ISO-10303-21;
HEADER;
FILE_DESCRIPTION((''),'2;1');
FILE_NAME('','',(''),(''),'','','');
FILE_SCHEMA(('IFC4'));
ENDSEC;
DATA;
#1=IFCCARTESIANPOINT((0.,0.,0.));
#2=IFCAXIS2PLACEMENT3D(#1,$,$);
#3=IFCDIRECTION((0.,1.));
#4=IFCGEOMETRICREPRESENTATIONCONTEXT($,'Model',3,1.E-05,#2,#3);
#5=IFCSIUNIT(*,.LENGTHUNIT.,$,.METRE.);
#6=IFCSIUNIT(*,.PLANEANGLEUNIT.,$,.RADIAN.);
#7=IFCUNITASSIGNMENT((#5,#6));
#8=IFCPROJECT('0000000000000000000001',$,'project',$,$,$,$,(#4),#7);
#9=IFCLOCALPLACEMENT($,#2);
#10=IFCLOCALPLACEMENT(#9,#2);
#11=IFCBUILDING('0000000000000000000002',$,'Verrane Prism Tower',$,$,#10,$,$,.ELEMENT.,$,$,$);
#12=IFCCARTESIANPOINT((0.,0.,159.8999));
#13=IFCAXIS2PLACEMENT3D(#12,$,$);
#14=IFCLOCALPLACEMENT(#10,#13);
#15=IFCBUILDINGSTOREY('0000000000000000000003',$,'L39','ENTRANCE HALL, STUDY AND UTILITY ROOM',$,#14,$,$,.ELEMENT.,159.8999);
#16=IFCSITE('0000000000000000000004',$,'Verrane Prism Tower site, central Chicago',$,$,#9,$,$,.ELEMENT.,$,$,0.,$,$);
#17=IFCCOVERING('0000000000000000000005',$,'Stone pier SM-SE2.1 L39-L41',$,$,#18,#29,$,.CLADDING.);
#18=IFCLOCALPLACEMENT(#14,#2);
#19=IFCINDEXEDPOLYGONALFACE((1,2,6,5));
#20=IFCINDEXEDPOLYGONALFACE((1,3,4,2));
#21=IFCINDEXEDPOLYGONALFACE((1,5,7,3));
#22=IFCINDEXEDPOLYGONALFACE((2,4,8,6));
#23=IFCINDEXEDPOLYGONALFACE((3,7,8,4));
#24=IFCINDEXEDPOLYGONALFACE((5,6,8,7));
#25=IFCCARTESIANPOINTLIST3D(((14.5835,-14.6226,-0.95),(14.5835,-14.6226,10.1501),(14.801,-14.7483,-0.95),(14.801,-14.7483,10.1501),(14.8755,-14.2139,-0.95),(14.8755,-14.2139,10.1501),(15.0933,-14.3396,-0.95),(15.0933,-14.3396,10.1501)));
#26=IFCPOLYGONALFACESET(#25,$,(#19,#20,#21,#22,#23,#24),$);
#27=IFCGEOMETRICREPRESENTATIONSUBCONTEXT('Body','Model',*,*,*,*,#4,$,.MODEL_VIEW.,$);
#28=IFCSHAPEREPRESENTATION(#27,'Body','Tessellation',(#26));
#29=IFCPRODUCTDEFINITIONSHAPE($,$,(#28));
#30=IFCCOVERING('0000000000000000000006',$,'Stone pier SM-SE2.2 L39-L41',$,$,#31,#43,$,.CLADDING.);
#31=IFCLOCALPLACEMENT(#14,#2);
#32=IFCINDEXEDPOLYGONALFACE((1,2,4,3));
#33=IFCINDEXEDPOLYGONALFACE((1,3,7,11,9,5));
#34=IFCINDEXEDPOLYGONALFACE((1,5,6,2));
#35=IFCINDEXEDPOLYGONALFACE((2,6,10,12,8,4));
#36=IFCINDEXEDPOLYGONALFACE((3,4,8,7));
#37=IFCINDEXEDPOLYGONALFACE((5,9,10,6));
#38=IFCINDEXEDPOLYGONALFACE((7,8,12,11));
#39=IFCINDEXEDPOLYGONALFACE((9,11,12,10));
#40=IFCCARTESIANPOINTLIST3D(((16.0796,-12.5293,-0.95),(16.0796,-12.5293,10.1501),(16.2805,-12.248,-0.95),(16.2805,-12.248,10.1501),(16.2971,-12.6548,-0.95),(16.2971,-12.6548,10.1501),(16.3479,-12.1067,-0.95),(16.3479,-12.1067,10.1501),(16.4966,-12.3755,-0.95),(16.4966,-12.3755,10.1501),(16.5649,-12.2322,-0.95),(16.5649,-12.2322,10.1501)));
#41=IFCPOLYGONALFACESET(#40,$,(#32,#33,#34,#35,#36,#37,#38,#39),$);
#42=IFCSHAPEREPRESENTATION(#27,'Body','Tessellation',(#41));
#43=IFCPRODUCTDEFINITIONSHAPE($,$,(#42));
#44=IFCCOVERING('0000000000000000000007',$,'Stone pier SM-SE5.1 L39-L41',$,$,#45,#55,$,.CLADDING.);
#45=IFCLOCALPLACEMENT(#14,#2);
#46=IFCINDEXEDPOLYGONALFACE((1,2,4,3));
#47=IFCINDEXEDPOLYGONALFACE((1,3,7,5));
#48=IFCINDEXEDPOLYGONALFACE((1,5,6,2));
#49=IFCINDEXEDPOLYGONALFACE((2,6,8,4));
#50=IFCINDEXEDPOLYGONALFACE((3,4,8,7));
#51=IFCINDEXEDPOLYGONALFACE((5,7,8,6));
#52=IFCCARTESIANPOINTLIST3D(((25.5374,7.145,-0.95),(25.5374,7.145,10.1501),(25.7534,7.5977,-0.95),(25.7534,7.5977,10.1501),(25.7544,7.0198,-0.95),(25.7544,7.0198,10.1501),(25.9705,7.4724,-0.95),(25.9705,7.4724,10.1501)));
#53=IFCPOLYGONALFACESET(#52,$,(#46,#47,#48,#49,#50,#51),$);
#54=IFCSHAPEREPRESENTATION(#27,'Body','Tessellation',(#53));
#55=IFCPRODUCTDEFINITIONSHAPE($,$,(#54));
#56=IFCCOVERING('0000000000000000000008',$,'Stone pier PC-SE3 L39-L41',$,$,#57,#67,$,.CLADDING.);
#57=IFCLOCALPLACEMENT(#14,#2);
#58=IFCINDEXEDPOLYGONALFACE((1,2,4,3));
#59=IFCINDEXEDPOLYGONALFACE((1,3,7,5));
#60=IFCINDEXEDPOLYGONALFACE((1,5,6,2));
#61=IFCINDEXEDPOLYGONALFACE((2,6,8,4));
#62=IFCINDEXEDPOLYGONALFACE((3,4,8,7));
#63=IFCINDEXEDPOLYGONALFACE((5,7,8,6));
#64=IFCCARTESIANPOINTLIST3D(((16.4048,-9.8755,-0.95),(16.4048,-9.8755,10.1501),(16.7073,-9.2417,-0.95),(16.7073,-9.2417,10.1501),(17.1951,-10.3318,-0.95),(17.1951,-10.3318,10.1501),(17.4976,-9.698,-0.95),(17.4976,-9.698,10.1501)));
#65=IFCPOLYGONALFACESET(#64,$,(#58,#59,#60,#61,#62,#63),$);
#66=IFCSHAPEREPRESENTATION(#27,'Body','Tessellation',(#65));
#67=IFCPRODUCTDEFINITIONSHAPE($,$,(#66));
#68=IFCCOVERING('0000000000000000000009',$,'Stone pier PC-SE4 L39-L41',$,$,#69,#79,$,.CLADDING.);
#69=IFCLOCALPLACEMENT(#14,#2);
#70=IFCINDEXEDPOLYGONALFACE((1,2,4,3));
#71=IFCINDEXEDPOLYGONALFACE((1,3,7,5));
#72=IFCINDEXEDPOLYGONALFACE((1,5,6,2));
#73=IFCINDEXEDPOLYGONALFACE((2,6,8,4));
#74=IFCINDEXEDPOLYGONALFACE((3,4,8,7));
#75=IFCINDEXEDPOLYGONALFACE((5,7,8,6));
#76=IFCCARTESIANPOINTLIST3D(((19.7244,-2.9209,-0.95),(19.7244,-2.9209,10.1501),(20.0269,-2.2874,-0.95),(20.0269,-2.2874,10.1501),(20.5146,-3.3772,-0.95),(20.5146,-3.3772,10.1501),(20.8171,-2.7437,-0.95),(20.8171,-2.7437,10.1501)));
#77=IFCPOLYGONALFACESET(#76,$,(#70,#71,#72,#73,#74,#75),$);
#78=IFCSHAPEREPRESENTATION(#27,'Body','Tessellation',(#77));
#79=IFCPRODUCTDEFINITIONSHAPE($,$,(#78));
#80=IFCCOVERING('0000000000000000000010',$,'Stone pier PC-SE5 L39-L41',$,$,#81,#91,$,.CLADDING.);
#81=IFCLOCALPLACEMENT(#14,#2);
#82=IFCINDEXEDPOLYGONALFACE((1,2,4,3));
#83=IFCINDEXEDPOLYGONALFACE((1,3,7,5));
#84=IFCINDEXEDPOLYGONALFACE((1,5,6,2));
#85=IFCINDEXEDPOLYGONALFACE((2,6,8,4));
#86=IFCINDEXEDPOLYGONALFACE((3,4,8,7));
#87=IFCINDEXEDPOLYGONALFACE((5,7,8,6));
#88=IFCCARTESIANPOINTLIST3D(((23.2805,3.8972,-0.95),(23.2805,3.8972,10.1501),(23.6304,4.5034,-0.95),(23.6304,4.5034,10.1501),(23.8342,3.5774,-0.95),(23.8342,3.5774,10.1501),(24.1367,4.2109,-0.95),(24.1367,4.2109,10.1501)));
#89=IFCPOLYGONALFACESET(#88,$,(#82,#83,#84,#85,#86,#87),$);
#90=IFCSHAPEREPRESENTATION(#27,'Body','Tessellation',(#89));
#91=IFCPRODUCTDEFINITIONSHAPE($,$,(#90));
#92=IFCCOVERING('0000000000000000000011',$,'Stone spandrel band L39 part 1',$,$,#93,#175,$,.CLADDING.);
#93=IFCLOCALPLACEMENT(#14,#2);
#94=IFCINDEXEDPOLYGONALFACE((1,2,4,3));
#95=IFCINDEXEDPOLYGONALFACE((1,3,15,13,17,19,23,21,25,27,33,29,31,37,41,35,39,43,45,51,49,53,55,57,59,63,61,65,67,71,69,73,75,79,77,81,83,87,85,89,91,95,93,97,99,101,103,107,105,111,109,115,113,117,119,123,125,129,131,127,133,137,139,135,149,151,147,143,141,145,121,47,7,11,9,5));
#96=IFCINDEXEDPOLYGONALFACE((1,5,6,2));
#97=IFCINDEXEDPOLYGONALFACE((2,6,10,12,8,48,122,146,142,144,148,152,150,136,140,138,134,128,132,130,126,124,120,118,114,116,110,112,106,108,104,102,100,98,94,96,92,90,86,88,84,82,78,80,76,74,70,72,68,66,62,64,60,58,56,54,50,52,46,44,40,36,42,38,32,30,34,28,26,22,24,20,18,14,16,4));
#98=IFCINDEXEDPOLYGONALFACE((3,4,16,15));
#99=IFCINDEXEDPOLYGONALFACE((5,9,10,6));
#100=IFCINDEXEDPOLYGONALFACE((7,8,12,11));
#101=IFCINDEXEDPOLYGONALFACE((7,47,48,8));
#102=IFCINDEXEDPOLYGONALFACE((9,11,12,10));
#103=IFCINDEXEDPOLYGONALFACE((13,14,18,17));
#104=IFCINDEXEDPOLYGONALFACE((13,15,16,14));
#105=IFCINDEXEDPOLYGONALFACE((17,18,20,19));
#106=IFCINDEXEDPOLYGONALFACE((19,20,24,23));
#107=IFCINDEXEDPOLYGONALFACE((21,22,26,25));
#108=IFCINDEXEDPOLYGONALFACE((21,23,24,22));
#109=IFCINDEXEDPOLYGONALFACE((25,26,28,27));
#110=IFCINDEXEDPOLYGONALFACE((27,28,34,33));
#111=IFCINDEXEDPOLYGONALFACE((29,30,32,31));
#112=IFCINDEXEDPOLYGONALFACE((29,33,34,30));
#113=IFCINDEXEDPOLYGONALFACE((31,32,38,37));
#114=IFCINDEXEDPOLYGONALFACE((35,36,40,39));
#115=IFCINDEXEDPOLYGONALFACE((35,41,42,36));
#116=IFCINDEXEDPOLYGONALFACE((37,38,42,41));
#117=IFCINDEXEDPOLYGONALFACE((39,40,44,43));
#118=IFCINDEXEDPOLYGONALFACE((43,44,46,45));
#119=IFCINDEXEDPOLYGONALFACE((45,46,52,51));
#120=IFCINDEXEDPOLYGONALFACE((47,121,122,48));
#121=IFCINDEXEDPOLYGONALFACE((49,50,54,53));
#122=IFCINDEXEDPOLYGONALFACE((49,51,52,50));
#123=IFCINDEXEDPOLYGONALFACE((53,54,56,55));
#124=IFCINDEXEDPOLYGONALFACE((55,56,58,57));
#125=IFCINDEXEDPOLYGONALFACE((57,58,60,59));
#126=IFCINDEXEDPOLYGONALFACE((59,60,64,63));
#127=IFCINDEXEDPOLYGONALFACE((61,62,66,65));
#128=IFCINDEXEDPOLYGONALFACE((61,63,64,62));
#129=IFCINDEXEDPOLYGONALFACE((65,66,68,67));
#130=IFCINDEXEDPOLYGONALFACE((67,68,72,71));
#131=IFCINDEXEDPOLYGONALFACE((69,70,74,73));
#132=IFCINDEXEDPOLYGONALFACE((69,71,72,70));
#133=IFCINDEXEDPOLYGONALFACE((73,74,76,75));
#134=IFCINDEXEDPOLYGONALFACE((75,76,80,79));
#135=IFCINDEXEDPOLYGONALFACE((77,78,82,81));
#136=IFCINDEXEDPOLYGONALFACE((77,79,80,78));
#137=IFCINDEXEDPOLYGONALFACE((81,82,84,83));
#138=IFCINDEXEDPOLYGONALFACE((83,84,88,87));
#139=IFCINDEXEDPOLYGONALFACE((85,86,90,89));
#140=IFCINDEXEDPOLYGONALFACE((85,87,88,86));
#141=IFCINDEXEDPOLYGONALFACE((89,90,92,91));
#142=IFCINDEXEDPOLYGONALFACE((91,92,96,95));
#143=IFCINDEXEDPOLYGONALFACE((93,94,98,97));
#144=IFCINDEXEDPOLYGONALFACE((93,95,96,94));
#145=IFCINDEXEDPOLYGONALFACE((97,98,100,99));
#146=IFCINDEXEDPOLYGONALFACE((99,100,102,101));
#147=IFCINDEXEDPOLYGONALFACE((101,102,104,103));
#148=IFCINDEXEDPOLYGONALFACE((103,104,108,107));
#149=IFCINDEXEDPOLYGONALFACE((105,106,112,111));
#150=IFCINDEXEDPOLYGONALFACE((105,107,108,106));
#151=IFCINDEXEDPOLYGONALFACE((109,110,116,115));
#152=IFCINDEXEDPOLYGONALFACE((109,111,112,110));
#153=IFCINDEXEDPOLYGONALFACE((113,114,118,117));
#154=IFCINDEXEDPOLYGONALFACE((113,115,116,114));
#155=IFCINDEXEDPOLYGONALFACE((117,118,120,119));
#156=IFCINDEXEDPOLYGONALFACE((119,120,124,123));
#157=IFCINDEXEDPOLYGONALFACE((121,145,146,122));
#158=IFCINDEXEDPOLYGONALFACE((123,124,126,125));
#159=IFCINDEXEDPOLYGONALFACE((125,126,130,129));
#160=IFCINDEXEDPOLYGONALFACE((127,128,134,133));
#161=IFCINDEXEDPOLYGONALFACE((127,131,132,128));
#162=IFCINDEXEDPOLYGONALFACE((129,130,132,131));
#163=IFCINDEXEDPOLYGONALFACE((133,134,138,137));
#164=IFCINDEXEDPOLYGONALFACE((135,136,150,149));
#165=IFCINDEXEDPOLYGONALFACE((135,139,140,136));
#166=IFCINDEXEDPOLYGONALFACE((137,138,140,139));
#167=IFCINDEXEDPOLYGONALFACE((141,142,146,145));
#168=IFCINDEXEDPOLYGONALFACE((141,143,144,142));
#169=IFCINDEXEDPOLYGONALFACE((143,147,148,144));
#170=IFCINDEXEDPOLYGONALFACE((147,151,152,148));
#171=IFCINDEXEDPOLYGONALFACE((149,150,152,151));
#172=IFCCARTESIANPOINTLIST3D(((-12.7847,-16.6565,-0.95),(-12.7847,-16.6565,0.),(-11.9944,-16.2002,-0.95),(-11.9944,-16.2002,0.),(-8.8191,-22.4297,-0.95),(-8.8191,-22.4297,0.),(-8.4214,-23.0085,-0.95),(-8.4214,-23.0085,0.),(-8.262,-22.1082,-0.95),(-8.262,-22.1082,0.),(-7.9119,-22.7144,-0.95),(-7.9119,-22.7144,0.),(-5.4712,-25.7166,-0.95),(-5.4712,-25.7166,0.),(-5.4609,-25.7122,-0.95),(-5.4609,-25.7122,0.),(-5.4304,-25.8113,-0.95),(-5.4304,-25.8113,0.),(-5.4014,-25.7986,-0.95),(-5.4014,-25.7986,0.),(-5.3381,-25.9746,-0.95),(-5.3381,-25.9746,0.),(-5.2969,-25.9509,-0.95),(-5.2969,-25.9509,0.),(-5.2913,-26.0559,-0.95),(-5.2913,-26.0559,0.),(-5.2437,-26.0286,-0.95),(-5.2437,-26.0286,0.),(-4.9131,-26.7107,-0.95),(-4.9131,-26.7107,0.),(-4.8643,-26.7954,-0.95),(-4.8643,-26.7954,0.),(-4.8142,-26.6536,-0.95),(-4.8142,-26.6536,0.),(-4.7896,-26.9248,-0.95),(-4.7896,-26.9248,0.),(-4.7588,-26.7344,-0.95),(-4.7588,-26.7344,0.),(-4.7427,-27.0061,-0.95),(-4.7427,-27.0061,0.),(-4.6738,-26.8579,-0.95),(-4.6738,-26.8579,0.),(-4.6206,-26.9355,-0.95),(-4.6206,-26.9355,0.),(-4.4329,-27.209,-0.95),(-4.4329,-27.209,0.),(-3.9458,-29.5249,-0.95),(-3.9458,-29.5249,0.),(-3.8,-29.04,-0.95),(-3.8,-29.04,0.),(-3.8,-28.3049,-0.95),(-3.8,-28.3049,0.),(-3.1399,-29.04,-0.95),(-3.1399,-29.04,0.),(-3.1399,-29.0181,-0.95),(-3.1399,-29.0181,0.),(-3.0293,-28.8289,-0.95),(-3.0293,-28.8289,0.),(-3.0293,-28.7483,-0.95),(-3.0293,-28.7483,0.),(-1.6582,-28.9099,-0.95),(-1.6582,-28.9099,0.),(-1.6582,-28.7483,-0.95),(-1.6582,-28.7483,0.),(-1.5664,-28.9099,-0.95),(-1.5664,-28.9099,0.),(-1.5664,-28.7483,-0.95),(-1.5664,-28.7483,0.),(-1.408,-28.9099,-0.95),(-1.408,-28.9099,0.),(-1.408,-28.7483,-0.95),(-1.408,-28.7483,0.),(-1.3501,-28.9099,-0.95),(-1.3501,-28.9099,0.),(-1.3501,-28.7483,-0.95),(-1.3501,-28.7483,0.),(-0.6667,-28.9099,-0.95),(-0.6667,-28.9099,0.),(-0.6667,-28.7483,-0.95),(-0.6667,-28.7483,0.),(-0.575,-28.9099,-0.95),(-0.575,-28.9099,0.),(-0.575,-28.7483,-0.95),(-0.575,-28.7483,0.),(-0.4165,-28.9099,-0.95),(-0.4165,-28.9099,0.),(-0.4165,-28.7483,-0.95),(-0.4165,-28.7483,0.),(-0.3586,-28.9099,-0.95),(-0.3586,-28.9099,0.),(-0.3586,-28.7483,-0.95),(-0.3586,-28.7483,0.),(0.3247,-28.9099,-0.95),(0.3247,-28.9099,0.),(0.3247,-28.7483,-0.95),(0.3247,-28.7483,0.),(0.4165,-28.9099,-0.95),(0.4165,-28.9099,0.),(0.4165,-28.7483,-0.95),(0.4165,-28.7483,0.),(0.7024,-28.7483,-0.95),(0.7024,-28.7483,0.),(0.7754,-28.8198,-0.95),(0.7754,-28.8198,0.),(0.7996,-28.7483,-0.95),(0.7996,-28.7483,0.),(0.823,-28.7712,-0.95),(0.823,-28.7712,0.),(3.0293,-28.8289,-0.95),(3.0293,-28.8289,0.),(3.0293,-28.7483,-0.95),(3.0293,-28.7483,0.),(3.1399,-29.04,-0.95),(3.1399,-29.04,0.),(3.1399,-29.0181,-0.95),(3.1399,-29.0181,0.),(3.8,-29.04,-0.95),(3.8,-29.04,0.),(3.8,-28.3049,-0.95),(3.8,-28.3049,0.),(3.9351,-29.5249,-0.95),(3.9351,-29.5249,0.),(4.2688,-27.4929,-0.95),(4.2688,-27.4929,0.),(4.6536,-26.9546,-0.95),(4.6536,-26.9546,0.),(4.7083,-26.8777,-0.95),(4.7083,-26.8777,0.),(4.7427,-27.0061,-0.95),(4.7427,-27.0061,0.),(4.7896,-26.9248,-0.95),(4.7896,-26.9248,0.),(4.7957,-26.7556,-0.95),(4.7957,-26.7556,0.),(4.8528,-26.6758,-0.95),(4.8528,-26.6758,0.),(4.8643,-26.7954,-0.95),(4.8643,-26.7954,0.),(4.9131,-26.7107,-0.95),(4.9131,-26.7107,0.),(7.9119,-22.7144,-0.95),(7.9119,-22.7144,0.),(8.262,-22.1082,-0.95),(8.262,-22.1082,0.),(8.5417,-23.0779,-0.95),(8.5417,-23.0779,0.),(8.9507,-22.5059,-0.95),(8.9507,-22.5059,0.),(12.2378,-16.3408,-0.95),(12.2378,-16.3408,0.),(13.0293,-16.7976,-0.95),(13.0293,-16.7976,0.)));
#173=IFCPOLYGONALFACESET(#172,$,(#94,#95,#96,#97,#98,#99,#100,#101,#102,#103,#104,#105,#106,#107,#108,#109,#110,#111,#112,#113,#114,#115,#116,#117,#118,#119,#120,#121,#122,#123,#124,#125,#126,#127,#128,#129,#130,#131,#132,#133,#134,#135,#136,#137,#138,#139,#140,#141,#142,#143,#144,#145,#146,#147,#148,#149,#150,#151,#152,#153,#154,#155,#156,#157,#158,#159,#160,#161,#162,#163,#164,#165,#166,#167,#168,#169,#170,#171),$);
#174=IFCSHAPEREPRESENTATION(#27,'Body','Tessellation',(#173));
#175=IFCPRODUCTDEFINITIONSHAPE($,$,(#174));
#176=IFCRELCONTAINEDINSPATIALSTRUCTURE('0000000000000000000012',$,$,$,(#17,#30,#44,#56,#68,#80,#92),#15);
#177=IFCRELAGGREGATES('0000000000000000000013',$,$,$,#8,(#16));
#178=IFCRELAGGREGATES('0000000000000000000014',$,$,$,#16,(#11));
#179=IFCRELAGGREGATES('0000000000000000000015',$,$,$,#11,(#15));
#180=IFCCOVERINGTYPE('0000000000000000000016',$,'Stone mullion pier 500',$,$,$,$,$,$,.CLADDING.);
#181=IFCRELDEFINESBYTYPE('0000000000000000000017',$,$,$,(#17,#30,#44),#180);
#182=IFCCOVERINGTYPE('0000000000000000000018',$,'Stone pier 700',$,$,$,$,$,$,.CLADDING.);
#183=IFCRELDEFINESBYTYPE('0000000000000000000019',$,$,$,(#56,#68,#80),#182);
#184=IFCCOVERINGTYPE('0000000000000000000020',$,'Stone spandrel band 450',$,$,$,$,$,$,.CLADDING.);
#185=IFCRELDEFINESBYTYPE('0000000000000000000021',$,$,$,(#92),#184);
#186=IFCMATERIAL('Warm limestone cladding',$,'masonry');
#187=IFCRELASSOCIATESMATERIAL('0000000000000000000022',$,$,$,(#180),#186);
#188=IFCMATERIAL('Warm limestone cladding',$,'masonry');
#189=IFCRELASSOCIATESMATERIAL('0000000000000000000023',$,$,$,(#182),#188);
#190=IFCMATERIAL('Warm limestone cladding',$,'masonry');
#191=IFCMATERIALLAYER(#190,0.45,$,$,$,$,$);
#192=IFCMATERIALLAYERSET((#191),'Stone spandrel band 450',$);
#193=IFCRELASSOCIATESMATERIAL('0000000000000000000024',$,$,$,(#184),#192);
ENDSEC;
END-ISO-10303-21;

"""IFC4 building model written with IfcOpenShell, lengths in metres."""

from ifc_helpers import new_model, si_unit, direction, frame, origin, place, context, subcontext, project, spatial, polyline, outline, extrude, material, layer, layer_set, type_object, element, save


model = new_model("IFC4")

# Units and contexts
model_context = context("Model", 3, precision=1e-05, world=origin(), true_north=direction((0.0, 1.0)))
body_context = subcontext(model_context, "Body", "Model", "MODEL_VIEW")
ifc_project = project(units=[si_unit("LENGTHUNIT", "METRE"), si_unit("PLANEANGLEUNIT", "RADIAN")], contexts=[model_context])

# Site, building, storey
site_placement = place(None, origin())
site = spatial("IfcSite", under=ifc_project, at=site_placement, Name="Verrane Prism Tower site, central Chicago", CompositionType="ELEMENT", RefElevation=0.0)
building_placement = place(site_placement, origin())
building = spatial("IfcBuilding", under=site, at=building_placement, Name="Verrane Prism Tower", CompositionType="ELEMENT")
storey_placement = place(building_placement, frame((0.0, 0.0, 159.8999)))
storey = spatial("IfcBuildingStorey", under=building, at=storey_placement, Name="L39", Description="ENTRANCE HALL, STUDY AND UTILITY ROOM", CompositionType="ELEMENT", Elevation=159.8999)

# Coverings
ifc_material_1 = material(Name="Warm limestone cladding", Category="masonry")
covering_type_1 = type_object("IfcCoveringType", Name="Stone mullion pier 500", PredefinedType="CLADDING", material=ifc_material_1)
covering_1_placement = place(storey_placement, frame((0.0, 0.0, -0.95)))
element("IfcCovering", 1, at=covering_1_placement, inside=storey, type_object=covering_type_1, Name="Stone pier SM-SE2.1 L39-L41", PredefinedType="CLADDING", context=body_context, shape_type="SweptSolid", body=[
    extrude(outline(polyline([(14.8755, -14.2139), (14.5835, -14.6226), (14.801, -14.7483), (15.0933, -14.3396), (14.8755, -14.2139)])), origin(), (0.0, 0.0, 1.0), 11.1001),
])
covering_2_placement = place(storey_placement, frame((0.0, 0.0, -0.95)))
element("IfcCovering", 2, at=covering_2_placement, inside=storey, type_object=covering_type_1, Name="Stone pier SM-SE2.2 L39-L41", PredefinedType="CLADDING", context=body_context, shape_type="SweptSolid", body=[
    extrude(outline(polyline([(16.3479, -12.1067), (16.2805, -12.248), (16.0796, -12.5293), (16.2971, -12.6548), (16.4966, -12.3755), (16.5649, -12.2322), (16.3479, -12.1067)])), origin(), (0.0, 0.0, 1.0), 11.1001),
])
covering_3_placement = place(storey_placement, frame((0.0, 0.0, -0.95)))
element("IfcCovering", 3, at=covering_3_placement, inside=storey, type_object=covering_type_1, Name="Stone pier SM-SE5.1 L39-L41", PredefinedType="CLADDING", context=body_context, shape_type="SweptSolid", body=[
    extrude(outline(polyline([(25.7534, 7.5977), (25.5374, 7.145), (25.7544, 7.0198), (25.9705, 7.4724), (25.7534, 7.5977)])), origin(), (0.0, 0.0, 1.0), 11.1001),
])
ifc_material_2 = material(Name="Warm limestone cladding", Category="masonry")
covering_type_2 = type_object("IfcCoveringType", Name="Stone pier 700", PredefinedType="CLADDING", material=ifc_material_2)
covering_4_placement = place(storey_placement, frame((0.0, 0.0, -0.95)))
element("IfcCovering", 4, at=covering_4_placement, inside=storey, type_object=covering_type_2, Name="Stone pier PC-SE3 L39-L41", PredefinedType="CLADDING", context=body_context, shape_type="SweptSolid", body=[
    extrude(outline(polyline([(17.4976, -9.698), (16.7073, -9.2417), (16.4048, -9.8755), (17.1951, -10.3318), (17.4976, -9.698)])), origin(), (0.0, 0.0, 1.0), 11.1001),
])
covering_5_placement = place(storey_placement, frame((0.0, 0.0, -0.95)))
element("IfcCovering", 5, at=covering_5_placement, inside=storey, type_object=covering_type_2, Name="Stone pier PC-SE4 L39-L41", PredefinedType="CLADDING", context=body_context, shape_type="SweptSolid", body=[
    extrude(outline(polyline([(20.8171, -2.7437), (20.0269, -2.2874), (19.7244, -2.9209), (20.5146, -3.3772), (20.8171, -2.7437)])), origin(), (0.0, 0.0, 1.0), 11.1001),
])
covering_6_placement = place(storey_placement, frame((0.0, 0.0, -0.95)))
element("IfcCovering", 6, at=covering_6_placement, inside=storey, type_object=covering_type_2, Name="Stone pier PC-SE5 L39-L41", PredefinedType="CLADDING", context=body_context, shape_type="SweptSolid", body=[
    extrude(outline(polyline([(23.6304, 4.5034), (23.2805, 3.8972), (23.8342, 3.5774), (24.1367, 4.2109), (23.6304, 4.5034)])), origin(), (0.0, 0.0, 1.0), 11.1001),
])
ifc_material_3 = material(Name="Warm limestone cladding", Category="masonry")
ifc_layer_1 = layer(ifc_material_3, 0.45)
ifc_layer_set_1 = layer_set([ifc_layer_1], Name="Stone spandrel band 450")
covering_type_3 = type_object("IfcCoveringType", Name="Stone spandrel band 450", PredefinedType="CLADDING", material=ifc_layer_set_1)
covering_7_placement = place(storey_placement, frame((0.0, 0.0, -0.95)))
element("IfcCovering", 7, at=covering_7_placement, inside=storey, type_object=covering_type_3, Name="Stone spandrel band L39 part 1", PredefinedType="CLADDING", context=body_context, shape_type="SweptSolid", body=[
    extrude(outline(polyline([(3.9351, -29.5249), (8.5417, -23.0779), (7.9119, -22.7144), (8.262, -22.1082), (8.9507, -22.5059), (13.0293, -16.7976), (12.2378, -16.3408), (4.8528, -26.6758), (4.9131, -26.7107), (4.8643, -26.7954), (4.7957, -26.7556), (4.7083, -26.8777), (4.7896, -26.9248), (4.7427, -27.0061), (4.6536, -26.9546), (4.2688, -27.4929), (3.8, -28.3049), (3.8, -29.04), (3.1399, -29.04), (3.1399, -29.0181), (3.0293, -28.8289), (3.0293, -28.7483), (0.7996, -28.7483), (0.823, -28.7712), (0.7754, -28.8198), (0.7024, -28.7483), (0.4165, -28.7483), (0.4165, -28.9099), (0.3247, -28.9099), (0.3247, -28.7483), (-0.3586, -28.7483), (-0.3586, -28.9099), (-0.4165, -28.9099), (-0.4165, -28.7483), (-0.575, -28.7483), (-0.575, -28.9099), (-0.6667, -28.9099), (-0.6667, -28.7483), (-1.3501, -28.7483), (-1.3501, -28.9099), (-1.408, -28.9099), (-1.408, -28.7483), (-1.5664, -28.7483), (-1.5664, -28.9099), (-1.6582, -28.9099), (-1.6582, -28.7483), (-3.0293, -28.7483), (-3.0293, -28.8289), (-3.1399, -29.0181), (-3.1399, -29.04), (-3.8, -29.04), (-3.8, -28.3049), (-4.4329, -27.209), (-4.6206, -26.9355), (-4.7427, -27.0061), (-4.7896, -26.9248), (-4.6738, -26.8579), (-4.7588, -26.7344), (-4.8643, -26.7954), (-4.9131, -26.7107), (-4.8142, -26.6536), (-5.2437, -26.0286), (-5.2913, -26.0559), (-5.3381, -25.9746), (-5.2969, -25.9509), (-5.4014, -25.7986), (-5.4304, -25.8113), (-5.4712, -25.7166), (-5.4609, -25.7122), (-11.9944, -16.2002), (-12.7847, -16.6565), (-8.8191, -22.4297), (-8.262, -22.1082), (-7.9119, -22.7144), (-8.4214, -23.0085), (-3.9458, -29.5249), (3.9351, -29.5249)])), origin(), (0.0, 0.0, 1.0), 0.95),
])

save(model, "model.ifc")
